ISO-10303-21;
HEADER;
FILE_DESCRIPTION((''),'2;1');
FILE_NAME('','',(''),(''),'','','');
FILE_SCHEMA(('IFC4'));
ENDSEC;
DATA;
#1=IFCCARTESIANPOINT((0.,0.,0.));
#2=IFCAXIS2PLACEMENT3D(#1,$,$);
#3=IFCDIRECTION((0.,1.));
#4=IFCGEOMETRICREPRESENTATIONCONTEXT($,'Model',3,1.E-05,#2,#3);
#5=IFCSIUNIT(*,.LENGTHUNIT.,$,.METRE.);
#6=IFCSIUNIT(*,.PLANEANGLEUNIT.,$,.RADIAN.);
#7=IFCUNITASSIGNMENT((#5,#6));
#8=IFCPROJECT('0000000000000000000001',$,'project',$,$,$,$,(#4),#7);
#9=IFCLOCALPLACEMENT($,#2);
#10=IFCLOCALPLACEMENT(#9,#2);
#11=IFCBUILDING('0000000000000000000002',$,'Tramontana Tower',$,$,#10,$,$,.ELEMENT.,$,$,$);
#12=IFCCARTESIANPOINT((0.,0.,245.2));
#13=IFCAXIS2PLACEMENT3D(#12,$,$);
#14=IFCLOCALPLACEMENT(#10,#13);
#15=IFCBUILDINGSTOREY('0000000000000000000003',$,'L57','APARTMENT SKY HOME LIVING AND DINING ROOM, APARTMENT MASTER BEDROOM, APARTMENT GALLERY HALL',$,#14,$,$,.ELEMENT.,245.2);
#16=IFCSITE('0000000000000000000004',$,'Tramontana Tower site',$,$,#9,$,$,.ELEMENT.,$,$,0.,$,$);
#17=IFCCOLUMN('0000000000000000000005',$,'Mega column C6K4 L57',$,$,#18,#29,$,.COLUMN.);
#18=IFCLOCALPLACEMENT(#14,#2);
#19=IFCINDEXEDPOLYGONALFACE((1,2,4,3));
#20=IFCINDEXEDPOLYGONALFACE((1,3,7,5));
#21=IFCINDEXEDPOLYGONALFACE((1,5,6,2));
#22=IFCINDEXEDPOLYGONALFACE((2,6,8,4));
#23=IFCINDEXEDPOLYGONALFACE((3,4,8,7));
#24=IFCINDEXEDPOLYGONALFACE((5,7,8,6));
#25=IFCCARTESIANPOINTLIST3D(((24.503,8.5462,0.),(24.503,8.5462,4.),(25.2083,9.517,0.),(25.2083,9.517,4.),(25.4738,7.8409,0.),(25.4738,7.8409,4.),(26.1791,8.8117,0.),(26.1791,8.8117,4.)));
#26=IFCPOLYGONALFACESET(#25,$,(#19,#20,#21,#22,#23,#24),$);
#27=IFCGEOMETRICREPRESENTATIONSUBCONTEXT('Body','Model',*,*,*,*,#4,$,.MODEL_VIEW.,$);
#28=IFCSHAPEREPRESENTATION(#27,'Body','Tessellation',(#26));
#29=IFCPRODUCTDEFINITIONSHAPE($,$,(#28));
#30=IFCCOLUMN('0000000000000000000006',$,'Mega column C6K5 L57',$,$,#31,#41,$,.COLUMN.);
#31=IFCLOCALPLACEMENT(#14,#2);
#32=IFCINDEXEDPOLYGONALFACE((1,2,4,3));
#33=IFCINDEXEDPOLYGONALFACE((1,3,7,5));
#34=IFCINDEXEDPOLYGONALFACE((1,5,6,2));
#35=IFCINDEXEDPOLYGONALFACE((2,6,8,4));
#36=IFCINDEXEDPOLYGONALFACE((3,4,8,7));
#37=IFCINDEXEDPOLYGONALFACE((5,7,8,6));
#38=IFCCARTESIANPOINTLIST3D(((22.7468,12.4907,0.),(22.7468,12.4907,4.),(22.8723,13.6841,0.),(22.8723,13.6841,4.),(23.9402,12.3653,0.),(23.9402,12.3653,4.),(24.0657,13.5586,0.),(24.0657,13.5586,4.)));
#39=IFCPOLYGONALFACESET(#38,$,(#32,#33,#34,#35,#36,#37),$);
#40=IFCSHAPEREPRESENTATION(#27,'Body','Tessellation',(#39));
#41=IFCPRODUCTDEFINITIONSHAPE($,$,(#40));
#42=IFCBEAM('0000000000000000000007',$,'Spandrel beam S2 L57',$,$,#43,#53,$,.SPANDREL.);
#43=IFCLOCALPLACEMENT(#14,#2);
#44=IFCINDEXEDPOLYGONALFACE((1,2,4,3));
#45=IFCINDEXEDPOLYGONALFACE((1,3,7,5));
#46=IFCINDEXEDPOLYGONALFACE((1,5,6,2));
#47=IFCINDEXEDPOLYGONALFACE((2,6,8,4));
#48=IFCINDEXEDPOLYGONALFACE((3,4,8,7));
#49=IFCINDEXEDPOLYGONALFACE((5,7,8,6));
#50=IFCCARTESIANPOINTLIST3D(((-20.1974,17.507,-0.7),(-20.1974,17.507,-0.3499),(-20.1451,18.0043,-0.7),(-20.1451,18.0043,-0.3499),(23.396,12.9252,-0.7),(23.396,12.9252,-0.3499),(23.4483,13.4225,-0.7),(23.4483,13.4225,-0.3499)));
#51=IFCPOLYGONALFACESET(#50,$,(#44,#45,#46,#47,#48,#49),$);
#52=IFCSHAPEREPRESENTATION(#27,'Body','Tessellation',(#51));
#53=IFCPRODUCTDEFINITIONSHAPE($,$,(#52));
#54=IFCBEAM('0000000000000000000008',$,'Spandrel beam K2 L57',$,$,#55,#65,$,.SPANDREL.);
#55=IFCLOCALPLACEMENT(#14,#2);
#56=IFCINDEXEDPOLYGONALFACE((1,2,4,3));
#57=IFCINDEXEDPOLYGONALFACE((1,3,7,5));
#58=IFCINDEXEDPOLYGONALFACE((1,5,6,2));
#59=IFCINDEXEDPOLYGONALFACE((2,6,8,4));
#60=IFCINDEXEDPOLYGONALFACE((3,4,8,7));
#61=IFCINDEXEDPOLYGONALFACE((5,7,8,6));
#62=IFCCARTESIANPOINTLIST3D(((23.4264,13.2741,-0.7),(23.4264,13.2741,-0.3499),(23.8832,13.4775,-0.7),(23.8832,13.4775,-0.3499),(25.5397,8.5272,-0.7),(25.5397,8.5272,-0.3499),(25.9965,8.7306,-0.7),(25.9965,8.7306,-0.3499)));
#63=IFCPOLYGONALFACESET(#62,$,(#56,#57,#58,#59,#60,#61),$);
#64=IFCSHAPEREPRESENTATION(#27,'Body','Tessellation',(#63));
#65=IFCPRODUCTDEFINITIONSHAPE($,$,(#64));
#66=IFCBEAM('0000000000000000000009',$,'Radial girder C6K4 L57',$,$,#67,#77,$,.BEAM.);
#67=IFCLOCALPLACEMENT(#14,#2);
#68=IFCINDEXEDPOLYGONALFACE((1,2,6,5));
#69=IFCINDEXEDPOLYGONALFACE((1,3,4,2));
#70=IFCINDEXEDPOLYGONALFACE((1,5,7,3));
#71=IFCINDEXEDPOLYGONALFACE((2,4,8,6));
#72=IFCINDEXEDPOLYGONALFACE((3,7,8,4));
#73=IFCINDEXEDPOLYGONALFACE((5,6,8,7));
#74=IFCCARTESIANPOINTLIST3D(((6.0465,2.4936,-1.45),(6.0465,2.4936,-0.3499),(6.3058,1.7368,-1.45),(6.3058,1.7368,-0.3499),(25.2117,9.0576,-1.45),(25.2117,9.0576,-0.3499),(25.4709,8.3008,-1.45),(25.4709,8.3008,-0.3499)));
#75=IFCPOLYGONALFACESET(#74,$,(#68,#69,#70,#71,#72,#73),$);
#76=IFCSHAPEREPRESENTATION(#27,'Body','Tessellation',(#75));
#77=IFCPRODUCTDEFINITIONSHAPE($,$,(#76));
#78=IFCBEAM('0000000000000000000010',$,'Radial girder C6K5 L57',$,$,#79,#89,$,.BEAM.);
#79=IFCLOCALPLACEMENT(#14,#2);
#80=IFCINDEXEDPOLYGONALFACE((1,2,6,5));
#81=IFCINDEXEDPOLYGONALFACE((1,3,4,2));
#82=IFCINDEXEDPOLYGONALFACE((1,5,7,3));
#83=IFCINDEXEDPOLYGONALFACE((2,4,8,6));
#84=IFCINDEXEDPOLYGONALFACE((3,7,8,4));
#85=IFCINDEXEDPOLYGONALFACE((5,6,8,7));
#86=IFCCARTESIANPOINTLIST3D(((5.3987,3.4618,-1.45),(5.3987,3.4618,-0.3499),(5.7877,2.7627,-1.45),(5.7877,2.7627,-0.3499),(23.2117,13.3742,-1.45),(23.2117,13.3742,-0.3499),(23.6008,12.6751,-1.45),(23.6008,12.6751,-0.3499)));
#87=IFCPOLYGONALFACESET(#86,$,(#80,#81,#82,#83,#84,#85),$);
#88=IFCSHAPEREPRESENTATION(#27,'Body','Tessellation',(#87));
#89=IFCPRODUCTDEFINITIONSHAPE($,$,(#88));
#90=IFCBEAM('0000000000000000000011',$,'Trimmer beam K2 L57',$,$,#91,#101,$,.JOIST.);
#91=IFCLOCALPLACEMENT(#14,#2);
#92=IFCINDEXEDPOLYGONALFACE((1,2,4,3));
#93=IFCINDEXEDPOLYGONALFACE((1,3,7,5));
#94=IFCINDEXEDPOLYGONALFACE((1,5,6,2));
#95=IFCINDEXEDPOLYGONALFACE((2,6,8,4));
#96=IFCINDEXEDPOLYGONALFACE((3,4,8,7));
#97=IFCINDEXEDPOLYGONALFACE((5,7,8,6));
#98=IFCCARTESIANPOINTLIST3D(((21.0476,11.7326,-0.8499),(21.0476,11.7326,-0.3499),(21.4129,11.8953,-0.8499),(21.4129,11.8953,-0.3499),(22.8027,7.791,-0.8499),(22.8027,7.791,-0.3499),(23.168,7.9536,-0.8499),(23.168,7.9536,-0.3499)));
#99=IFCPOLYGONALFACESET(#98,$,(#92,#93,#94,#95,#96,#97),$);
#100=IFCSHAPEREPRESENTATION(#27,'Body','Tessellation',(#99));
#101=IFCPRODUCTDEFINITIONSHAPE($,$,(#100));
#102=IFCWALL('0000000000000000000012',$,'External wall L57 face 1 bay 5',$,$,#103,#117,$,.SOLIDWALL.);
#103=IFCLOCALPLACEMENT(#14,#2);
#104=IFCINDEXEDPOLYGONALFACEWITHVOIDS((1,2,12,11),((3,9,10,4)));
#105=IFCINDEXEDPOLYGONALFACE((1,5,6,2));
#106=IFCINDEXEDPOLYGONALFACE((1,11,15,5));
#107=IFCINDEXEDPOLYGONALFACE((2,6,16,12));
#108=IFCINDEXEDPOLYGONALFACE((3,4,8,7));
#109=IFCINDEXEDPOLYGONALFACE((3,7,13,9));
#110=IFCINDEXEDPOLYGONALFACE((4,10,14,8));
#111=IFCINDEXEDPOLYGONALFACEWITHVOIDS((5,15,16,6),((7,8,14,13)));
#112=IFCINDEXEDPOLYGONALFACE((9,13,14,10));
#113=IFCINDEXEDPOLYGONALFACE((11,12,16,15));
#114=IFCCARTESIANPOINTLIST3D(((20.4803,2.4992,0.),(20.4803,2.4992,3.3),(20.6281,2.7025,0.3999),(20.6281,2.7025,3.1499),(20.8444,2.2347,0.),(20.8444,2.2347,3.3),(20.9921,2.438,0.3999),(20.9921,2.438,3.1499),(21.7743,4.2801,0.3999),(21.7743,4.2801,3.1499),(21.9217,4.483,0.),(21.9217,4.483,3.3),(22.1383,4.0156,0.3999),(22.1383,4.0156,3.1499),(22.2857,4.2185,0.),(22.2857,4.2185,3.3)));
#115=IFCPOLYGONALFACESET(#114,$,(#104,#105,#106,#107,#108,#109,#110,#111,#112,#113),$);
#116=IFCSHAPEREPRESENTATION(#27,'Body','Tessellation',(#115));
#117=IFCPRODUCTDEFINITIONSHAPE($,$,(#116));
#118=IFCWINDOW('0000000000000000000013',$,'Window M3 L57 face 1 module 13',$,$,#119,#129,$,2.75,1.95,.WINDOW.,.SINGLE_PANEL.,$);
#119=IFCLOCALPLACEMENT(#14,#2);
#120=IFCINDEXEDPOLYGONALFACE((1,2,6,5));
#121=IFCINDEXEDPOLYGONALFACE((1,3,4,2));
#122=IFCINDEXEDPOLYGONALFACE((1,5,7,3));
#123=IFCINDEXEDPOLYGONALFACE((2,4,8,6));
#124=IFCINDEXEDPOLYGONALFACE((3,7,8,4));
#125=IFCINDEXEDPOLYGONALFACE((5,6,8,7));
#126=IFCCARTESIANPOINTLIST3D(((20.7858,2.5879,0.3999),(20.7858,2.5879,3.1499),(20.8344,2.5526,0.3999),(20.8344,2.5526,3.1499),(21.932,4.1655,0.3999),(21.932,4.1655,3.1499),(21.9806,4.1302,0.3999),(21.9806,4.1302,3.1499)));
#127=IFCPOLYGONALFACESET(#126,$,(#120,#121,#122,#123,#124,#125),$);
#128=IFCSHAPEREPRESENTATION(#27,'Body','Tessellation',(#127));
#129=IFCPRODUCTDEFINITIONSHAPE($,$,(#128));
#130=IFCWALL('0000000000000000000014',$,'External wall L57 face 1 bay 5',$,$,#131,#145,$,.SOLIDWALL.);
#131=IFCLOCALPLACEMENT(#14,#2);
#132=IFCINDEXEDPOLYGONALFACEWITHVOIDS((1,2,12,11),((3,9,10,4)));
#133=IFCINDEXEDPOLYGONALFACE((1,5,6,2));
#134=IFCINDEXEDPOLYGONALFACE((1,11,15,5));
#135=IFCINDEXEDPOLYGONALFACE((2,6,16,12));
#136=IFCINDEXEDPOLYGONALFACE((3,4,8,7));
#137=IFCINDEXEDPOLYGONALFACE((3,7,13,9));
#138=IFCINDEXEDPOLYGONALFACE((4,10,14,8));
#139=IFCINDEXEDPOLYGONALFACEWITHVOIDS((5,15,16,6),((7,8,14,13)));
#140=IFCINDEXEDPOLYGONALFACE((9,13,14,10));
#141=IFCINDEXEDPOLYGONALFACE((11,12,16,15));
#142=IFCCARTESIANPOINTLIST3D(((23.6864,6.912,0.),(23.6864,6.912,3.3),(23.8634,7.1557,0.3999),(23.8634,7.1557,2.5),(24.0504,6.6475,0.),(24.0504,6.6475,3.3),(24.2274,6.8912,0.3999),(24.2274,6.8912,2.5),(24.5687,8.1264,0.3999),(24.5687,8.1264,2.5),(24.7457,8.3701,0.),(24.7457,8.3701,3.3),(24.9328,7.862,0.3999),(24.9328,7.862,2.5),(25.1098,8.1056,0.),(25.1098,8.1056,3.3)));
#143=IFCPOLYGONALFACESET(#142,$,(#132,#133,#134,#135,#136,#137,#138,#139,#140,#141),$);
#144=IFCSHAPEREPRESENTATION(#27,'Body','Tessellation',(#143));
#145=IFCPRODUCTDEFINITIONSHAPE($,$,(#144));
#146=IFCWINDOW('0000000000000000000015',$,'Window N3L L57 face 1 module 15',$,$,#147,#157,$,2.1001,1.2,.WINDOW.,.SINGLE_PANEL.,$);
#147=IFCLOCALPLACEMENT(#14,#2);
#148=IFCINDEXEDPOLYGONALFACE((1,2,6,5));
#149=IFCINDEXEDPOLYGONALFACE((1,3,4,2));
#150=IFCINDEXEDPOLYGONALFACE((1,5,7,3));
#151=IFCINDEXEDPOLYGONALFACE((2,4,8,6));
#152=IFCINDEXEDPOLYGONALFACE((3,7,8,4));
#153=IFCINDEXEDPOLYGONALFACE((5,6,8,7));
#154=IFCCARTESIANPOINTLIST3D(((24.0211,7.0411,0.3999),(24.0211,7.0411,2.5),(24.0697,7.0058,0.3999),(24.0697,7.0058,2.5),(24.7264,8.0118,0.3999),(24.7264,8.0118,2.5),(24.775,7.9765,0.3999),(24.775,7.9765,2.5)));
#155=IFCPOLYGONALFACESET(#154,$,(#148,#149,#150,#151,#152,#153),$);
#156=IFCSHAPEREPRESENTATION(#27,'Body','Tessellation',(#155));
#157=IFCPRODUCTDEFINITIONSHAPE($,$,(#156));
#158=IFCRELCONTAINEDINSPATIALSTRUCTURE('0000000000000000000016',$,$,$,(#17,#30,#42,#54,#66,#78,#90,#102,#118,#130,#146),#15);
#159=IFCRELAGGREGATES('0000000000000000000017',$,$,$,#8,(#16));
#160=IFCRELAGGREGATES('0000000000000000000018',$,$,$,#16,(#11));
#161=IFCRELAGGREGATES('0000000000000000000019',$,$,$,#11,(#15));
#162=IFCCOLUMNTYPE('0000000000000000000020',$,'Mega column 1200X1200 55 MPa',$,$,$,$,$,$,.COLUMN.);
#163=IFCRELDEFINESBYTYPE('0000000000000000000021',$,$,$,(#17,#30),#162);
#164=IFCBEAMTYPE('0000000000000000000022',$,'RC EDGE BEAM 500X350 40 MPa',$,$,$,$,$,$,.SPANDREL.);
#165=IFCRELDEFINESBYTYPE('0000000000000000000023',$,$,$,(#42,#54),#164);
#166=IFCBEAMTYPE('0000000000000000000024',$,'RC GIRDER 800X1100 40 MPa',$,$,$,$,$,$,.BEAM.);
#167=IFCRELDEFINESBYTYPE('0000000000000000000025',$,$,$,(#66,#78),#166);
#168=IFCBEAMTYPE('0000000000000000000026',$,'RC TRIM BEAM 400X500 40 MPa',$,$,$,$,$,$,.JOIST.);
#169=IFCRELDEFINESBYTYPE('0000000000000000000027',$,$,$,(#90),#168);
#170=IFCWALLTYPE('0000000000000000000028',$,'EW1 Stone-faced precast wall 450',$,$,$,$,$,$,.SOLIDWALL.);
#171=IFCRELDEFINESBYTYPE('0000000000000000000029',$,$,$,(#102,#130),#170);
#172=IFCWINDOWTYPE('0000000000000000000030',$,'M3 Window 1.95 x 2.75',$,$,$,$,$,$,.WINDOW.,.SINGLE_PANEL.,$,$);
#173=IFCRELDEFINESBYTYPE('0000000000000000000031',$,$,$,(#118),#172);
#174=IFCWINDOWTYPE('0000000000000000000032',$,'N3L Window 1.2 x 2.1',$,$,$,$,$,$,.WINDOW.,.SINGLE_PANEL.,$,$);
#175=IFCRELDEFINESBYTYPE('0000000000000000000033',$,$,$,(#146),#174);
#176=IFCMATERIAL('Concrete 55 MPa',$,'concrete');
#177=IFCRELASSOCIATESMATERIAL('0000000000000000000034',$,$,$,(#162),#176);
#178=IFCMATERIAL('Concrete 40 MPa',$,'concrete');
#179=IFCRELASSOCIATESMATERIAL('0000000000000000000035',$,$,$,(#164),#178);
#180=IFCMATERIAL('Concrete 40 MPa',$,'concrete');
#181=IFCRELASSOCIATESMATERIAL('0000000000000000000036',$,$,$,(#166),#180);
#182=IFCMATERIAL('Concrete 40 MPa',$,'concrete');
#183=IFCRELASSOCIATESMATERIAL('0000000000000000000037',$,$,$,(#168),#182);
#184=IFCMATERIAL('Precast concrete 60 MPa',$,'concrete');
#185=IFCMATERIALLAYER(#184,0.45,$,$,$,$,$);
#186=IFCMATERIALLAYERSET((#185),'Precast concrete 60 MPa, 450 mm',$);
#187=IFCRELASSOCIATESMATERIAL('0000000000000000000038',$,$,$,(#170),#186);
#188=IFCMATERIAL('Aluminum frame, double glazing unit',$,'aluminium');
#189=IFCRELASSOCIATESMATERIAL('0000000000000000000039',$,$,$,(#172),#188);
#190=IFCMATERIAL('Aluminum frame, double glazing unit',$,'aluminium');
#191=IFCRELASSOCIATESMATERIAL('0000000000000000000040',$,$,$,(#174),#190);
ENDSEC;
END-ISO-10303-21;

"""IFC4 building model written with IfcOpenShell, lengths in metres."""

from ifc_helpers import new_model, si_unit, direction, frame, frame_2d, origin, origin_2d, place, context, subcontext, project, spatial, rectangle, extrude, material, layer, layer_set, material_profile, profile_set, type_object, element, fill, save


model = new_model("IFC4")

# Units and contexts
model_context = context("Model", 3, precision=1e-05, world=origin(), true_north=direction((0.0, 1.0)))
body_context = subcontext(model_context, "Body", "Model", "MODEL_VIEW")
ifc_project = project(units=[si_unit("LENGTHUNIT", "METRE"), si_unit("PLANEANGLEUNIT", "RADIAN")], contexts=[model_context])

# Site, building, storey
site_placement = place(None, origin())
site = spatial("IfcSite", under=ifc_project, at=site_placement, Name="Tramontana Tower site", CompositionType="ELEMENT", RefElevation=0.0)
building_placement = place(site_placement, origin())
building = spatial("IfcBuilding", under=site, at=building_placement, Name="Tramontana Tower", CompositionType="ELEMENT")
storey_placement = place(building_placement, frame((0.0, 0.0, 245.2)))
storey = spatial("IfcBuildingStorey", under=building, at=storey_placement, Name="L57", Description="APARTMENT SKY HOME LIVING AND DINING ROOM, APARTMENT MASTER BEDROOM, APARTMENT GALLERY HALL", CompositionType="ELEMENT", Elevation=245.2)

# Columns
ifc_material_1 = material(Name="Concrete 55 MPa", Category="concrete")
ifc_material_profile_1 = material_profile(ifc_material_1, rectangle(XDim=1.2, YDim=1.2, at=origin_2d()), Name="Mega column 1200X1200 55 MPa")
ifc_profile_set_1 = profile_set([ifc_material_profile_1], Name="Concrete 55 MPa")
column_type = type_object("IfcColumnType", Name="Mega column 1200X1200 55 MPa", PredefinedType="COLUMN", material=ifc_profile_set_1)
for number, where, z_axis, x_axis, name in (
    (1, (25.3411, 8.679, 0.0), (0.0, 0.0, 1.0), (0.587785, 0.809017, 0.0), "Mega column C6K4 L57"),
    (2, (23.4062, 13.0247, 0.0), (0.0, 0.0, 1.0), (-0.994522, 0.104528, 0.0), "Mega column C6K5 L57"),
):
    element("IfcColumn", number, at=place(storey_placement, frame(where, z_axis=z_axis, x_axis=x_axis)), inside=storey, type_object=column_type, Name=name, PredefinedType="COLUMN", context=body_context, shape_type="SweptSolid", body=[
        extrude(rectangle(XDim=1.2, YDim=1.2, at=origin_2d()), origin(), (0.0, 0.0, 1.0), 4.0),
    ])

# Beams
ifc_material_2 = material(Name="Concrete 40 MPa", Category="concrete")
ifc_material_profile_2 = material_profile(ifc_material_2, rectangle(XDim=0.5, YDim=0.3501, at=origin_2d()), Name="RC EDGE BEAM 500X350 40 MPa")
ifc_profile_set_2 = profile_set([ifc_material_profile_2], Name="Concrete 40 MPa")
beam_type_1 = type_object("IfcBeamType", Name="RC EDGE BEAM 500X350 40 MPa", PredefinedType="SPANDREL", material=ifc_profile_set_2)
beam_1_placement = place(storey_placement, frame((23.4221, 13.1738, -0.5249), z_axis=(-0.994522, 0.104527, 0.0), x_axis=(-0.104527, -0.994522, 0.0)))
element("IfcBeam", 3, at=beam_1_placement, inside=storey, type_object=beam_type_1, Name="Spandrel beam S2 L57", PredefinedType="SPANDREL", context=body_context, shape_type="SweptSolid", body=[
    extrude(rectangle(XDim=0.5, YDim=0.3501, at=origin_2d()), origin(), (0.0, 0.0, 1.0), 43.8335),
])
beam_2_placement = place(storey_placement, frame((25.7681, 8.6289, -0.5249), z_axis=(-0.406714, 0.913556, 0.0), x_axis=(-0.913556, -0.406714, 0.0)))
element("IfcBeam", 4, at=beam_2_placement, inside=storey, type_object=beam_type_1, Name="Spandrel beam K2 L57", PredefinedType="SPANDREL", context=body_context, shape_type="SweptSolid", body=[
    extrude(rectangle(XDim=0.5, YDim=0.3501, at=origin_2d()), origin(), (0.0, 0.0, 1.0), 5.196),
])
ifc_material_3 = material(Name="Concrete 40 MPa", Category="concrete")
ifc_material_profile_3 = material_profile(ifc_material_3, rectangle(XDim=0.8, YDim=1.1001, at=origin_2d()), Name="RC GIRDER 800X1100 40 MPa")
ifc_profile_set_3 = profile_set([ifc_material_profile_3], Name="Concrete 40 MPa")
beam_type_2 = type_object("IfcBeamType", Name="RC GIRDER 800X1100 40 MPa", PredefinedType="BEAM", material=ifc_profile_set_3)
beam_3_placement = place(storey_placement, frame((25.3413, 8.6792, -0.8999), z_axis=(-0.94605, -0.324019, 0.0), x_axis=(0.324019, -0.94605, 0.0)))
element("IfcBeam", 5, at=beam_3_placement, inside=storey, type_object=beam_type_2, Name="Radial girder C6K4 L57", PredefinedType="BEAM", context=body_context, shape_type="SweptSolid", body=[
    extrude(rectangle(XDim=0.8, YDim=1.1001, at=origin_2d()), origin(), (0.0, 0.0, 1.0), 20.2581),
])
beam_4_placement = place(storey_placement, frame((23.4062, 13.0247, -0.8999), z_axis=(-0.873819, -0.486252, 0.0), x_axis=(0.486252, -0.873819, 0.0)))
element("IfcBeam", 6, at=beam_4_placement, inside=storey, type_object=beam_type_2, Name="Radial girder C6K5 L57", PredefinedType="BEAM", context=body_context, shape_type="SweptSolid", body=[
    extrude(rectangle(XDim=0.8, YDim=1.1001, at=origin_2d()), origin(), (0.0, 0.0, 1.0), 20.3853),
])
ifc_material_4 = material(Name="Concrete 40 MPa", Category="concrete")
ifc_material_profile_4 = material_profile(ifc_material_4, rectangle(XDim=0.3999, YDim=0.5, at=origin_2d()), Name="RC TRIM BEAM 400X500 40 MPa")
ifc_profile_set_4 = profile_set([ifc_material_profile_4], Name="Concrete 40 MPa")
beam_type_3 = type_object("IfcBeamType", Name="RC TRIM BEAM 400X500 40 MPa", PredefinedType="JOIST", material=ifc_profile_set_4)
beam_5_placement = place(storey_placement, frame((22.9854, 7.8723, -0.5999), z_axis=(-0.406774, 0.913529, 0.0), x_axis=(-0.913529, -0.406774, 0.0)))
element("IfcBeam", 7, at=beam_5_placement, inside=storey, type_object=beam_type_3, Name="Trimmer beam K2 L57", PredefinedType="JOIST", context=body_context, shape_type="SweptSolid", body=[
    extrude(rectangle(XDim=0.3999, YDim=0.5, at=origin_2d()), origin(), (0.0, 0.0, 1.0), 4.3147),
])

# Walls, openings, windows
ifc_material_5 = material(Name="Precast concrete 60 MPa", Category="concrete")
ifc_layer_1 = layer(ifc_material_5, 0.45)
ifc_layer_set_1 = layer_set([ifc_layer_1], Name="Precast concrete 60 MPa, 450 mm")
wall_type_1 = type_object("IfcWallType", Name="EW1 Stone-faced precast wall 450", PredefinedType="SOLIDWALL", material=ifc_layer_set_1)
wall_1_placement = place(storey_placement, frame((20.6624, 2.3669, 0.0), z_axis=(0.0, 0.0, 1.0), x_axis=(0.587793, 0.809012, 0.0)))
wall_1 = element("IfcWall", 8, at=wall_1_placement, inside=storey, type_object=wall_type_1, Name="External wall L57 face 1 bay 5", PredefinedType="SOLIDWALL", context=body_context, shape_type="SweptSolid", body=[
    extrude(rectangle(XDim=2.4521, YDim=0.45, at=frame_2d((1.2261, 0.0))), origin(), (0.0, 0.0, 1.0), 3.3),
])
opening_1_placement = place(wall_1_placement, frame((0.2512, 0.0, 0.3999)))
opening_1 = element("IfcOpeningElement", 9, at=opening_1_placement, cuts=wall_1, PredefinedType="OPENING", context=body_context, shape_type="SweptSolid", body=[
    extrude(rectangle(XDim=1.95, YDim=2.75, at=frame_2d((0.9751, 1.375))), frame((0.0, 0.2349, 0.0), z_axis=(0.0, -1.0, 0.0), x_axis=(1.0, 0.0, 0.0)), (0.0, 0.0, 1.0), 0.47),
])
ifc_material_6 = material(Name="Aluminum frame, double glazing unit", Category="aluminium")
window_type_1 = type_object("IfcWindowType", Name="M3 Window 1.95 x 2.75", PartitioningType="SINGLE_PANEL", PredefinedType="WINDOW", material=ifc_material_6)
window_1_placement = place(opening_1_placement, origin())
window_1 = element("IfcWindow", 10, at=window_1_placement, inside=storey, type_object=window_type_1, Name="Window M3 L57 face 1 module 13", OverallHeight=2.75, OverallWidth=1.95, PartitioningType="SINGLE_PANEL", PredefinedType="WINDOW", context=body_context, shape_type="SweptSolid", body=[
    extrude(rectangle(XDim=1.95, YDim=2.75, at=frame_2d((0.9751, 1.375))), frame((0.0, 0.03, 0.0), z_axis=(0.0, -1.0, 0.0), x_axis=(1.0, 0.0, 0.0)), (0.0, 0.0, 1.0), 0.0601),
])
fill(opening_1, window_1)
wall_2_placement = place(storey_placement, frame((23.8684, 6.7798, 0.0), z_axis=(0.0, 0.0, 1.0), x_axis=(0.587793, 0.809011, 0.0)))
wall_2 = element("IfcWall", 11, at=wall_2_placement, inside=storey, type_object=wall_type_1, Name="External wall L57 face 1 bay 5", PredefinedType="SOLIDWALL", context=body_context, shape_type="SweptSolid", body=[
    extrude(rectangle(XDim=1.8022, YDim=0.45, at=frame_2d((0.9011, 0.0))), origin(), (0.0, 0.0, 1.0), 3.3),
])
opening_2_placement = place(wall_2_placement, frame((0.301, 0.0, 0.3999)))
opening_2 = element("IfcOpeningElement", 12, at=opening_2_placement, cuts=wall_2, PredefinedType="OPENING", context=body_context, shape_type="SweptSolid", body=[
    extrude(rectangle(XDim=1.2, YDim=2.1001, at=frame_2d((0.6001, 1.05))), frame((0.0, 0.2349, 0.0), z_axis=(0.0, -1.0, 0.0), x_axis=(1.0, 0.0, 0.0)), (0.0, 0.0, 1.0), 0.47),
])
ifc_material_7 = material(Name="Aluminum frame, double glazing unit", Category="aluminium")
window_type_2 = type_object("IfcWindowType", Name="N3L Window 1.2 x 2.1", PartitioningType="SINGLE_PANEL", PredefinedType="WINDOW", material=ifc_material_7)
window_2_placement = place(opening_2_placement, origin())
window_2 = element("IfcWindow", 13, at=window_2_placement, inside=storey, type_object=window_type_2, Name="Window N3L L57 face 1 module 15", OverallHeight=2.1001, OverallWidth=1.2, PartitioningType="SINGLE_PANEL", PredefinedType="WINDOW", context=body_context, shape_type="SweptSolid", body=[
    extrude(rectangle(XDim=1.2, YDim=2.1001, at=frame_2d((0.6001, 1.05))), frame((0.0, 0.03, 0.0), z_axis=(0.0, -1.0, 0.0), x_axis=(1.0, 0.0, 0.0)), (0.0, 0.0, 1.0), 0.0601),
])
fill(opening_2, window_2)

save(model, "model.ifc")
